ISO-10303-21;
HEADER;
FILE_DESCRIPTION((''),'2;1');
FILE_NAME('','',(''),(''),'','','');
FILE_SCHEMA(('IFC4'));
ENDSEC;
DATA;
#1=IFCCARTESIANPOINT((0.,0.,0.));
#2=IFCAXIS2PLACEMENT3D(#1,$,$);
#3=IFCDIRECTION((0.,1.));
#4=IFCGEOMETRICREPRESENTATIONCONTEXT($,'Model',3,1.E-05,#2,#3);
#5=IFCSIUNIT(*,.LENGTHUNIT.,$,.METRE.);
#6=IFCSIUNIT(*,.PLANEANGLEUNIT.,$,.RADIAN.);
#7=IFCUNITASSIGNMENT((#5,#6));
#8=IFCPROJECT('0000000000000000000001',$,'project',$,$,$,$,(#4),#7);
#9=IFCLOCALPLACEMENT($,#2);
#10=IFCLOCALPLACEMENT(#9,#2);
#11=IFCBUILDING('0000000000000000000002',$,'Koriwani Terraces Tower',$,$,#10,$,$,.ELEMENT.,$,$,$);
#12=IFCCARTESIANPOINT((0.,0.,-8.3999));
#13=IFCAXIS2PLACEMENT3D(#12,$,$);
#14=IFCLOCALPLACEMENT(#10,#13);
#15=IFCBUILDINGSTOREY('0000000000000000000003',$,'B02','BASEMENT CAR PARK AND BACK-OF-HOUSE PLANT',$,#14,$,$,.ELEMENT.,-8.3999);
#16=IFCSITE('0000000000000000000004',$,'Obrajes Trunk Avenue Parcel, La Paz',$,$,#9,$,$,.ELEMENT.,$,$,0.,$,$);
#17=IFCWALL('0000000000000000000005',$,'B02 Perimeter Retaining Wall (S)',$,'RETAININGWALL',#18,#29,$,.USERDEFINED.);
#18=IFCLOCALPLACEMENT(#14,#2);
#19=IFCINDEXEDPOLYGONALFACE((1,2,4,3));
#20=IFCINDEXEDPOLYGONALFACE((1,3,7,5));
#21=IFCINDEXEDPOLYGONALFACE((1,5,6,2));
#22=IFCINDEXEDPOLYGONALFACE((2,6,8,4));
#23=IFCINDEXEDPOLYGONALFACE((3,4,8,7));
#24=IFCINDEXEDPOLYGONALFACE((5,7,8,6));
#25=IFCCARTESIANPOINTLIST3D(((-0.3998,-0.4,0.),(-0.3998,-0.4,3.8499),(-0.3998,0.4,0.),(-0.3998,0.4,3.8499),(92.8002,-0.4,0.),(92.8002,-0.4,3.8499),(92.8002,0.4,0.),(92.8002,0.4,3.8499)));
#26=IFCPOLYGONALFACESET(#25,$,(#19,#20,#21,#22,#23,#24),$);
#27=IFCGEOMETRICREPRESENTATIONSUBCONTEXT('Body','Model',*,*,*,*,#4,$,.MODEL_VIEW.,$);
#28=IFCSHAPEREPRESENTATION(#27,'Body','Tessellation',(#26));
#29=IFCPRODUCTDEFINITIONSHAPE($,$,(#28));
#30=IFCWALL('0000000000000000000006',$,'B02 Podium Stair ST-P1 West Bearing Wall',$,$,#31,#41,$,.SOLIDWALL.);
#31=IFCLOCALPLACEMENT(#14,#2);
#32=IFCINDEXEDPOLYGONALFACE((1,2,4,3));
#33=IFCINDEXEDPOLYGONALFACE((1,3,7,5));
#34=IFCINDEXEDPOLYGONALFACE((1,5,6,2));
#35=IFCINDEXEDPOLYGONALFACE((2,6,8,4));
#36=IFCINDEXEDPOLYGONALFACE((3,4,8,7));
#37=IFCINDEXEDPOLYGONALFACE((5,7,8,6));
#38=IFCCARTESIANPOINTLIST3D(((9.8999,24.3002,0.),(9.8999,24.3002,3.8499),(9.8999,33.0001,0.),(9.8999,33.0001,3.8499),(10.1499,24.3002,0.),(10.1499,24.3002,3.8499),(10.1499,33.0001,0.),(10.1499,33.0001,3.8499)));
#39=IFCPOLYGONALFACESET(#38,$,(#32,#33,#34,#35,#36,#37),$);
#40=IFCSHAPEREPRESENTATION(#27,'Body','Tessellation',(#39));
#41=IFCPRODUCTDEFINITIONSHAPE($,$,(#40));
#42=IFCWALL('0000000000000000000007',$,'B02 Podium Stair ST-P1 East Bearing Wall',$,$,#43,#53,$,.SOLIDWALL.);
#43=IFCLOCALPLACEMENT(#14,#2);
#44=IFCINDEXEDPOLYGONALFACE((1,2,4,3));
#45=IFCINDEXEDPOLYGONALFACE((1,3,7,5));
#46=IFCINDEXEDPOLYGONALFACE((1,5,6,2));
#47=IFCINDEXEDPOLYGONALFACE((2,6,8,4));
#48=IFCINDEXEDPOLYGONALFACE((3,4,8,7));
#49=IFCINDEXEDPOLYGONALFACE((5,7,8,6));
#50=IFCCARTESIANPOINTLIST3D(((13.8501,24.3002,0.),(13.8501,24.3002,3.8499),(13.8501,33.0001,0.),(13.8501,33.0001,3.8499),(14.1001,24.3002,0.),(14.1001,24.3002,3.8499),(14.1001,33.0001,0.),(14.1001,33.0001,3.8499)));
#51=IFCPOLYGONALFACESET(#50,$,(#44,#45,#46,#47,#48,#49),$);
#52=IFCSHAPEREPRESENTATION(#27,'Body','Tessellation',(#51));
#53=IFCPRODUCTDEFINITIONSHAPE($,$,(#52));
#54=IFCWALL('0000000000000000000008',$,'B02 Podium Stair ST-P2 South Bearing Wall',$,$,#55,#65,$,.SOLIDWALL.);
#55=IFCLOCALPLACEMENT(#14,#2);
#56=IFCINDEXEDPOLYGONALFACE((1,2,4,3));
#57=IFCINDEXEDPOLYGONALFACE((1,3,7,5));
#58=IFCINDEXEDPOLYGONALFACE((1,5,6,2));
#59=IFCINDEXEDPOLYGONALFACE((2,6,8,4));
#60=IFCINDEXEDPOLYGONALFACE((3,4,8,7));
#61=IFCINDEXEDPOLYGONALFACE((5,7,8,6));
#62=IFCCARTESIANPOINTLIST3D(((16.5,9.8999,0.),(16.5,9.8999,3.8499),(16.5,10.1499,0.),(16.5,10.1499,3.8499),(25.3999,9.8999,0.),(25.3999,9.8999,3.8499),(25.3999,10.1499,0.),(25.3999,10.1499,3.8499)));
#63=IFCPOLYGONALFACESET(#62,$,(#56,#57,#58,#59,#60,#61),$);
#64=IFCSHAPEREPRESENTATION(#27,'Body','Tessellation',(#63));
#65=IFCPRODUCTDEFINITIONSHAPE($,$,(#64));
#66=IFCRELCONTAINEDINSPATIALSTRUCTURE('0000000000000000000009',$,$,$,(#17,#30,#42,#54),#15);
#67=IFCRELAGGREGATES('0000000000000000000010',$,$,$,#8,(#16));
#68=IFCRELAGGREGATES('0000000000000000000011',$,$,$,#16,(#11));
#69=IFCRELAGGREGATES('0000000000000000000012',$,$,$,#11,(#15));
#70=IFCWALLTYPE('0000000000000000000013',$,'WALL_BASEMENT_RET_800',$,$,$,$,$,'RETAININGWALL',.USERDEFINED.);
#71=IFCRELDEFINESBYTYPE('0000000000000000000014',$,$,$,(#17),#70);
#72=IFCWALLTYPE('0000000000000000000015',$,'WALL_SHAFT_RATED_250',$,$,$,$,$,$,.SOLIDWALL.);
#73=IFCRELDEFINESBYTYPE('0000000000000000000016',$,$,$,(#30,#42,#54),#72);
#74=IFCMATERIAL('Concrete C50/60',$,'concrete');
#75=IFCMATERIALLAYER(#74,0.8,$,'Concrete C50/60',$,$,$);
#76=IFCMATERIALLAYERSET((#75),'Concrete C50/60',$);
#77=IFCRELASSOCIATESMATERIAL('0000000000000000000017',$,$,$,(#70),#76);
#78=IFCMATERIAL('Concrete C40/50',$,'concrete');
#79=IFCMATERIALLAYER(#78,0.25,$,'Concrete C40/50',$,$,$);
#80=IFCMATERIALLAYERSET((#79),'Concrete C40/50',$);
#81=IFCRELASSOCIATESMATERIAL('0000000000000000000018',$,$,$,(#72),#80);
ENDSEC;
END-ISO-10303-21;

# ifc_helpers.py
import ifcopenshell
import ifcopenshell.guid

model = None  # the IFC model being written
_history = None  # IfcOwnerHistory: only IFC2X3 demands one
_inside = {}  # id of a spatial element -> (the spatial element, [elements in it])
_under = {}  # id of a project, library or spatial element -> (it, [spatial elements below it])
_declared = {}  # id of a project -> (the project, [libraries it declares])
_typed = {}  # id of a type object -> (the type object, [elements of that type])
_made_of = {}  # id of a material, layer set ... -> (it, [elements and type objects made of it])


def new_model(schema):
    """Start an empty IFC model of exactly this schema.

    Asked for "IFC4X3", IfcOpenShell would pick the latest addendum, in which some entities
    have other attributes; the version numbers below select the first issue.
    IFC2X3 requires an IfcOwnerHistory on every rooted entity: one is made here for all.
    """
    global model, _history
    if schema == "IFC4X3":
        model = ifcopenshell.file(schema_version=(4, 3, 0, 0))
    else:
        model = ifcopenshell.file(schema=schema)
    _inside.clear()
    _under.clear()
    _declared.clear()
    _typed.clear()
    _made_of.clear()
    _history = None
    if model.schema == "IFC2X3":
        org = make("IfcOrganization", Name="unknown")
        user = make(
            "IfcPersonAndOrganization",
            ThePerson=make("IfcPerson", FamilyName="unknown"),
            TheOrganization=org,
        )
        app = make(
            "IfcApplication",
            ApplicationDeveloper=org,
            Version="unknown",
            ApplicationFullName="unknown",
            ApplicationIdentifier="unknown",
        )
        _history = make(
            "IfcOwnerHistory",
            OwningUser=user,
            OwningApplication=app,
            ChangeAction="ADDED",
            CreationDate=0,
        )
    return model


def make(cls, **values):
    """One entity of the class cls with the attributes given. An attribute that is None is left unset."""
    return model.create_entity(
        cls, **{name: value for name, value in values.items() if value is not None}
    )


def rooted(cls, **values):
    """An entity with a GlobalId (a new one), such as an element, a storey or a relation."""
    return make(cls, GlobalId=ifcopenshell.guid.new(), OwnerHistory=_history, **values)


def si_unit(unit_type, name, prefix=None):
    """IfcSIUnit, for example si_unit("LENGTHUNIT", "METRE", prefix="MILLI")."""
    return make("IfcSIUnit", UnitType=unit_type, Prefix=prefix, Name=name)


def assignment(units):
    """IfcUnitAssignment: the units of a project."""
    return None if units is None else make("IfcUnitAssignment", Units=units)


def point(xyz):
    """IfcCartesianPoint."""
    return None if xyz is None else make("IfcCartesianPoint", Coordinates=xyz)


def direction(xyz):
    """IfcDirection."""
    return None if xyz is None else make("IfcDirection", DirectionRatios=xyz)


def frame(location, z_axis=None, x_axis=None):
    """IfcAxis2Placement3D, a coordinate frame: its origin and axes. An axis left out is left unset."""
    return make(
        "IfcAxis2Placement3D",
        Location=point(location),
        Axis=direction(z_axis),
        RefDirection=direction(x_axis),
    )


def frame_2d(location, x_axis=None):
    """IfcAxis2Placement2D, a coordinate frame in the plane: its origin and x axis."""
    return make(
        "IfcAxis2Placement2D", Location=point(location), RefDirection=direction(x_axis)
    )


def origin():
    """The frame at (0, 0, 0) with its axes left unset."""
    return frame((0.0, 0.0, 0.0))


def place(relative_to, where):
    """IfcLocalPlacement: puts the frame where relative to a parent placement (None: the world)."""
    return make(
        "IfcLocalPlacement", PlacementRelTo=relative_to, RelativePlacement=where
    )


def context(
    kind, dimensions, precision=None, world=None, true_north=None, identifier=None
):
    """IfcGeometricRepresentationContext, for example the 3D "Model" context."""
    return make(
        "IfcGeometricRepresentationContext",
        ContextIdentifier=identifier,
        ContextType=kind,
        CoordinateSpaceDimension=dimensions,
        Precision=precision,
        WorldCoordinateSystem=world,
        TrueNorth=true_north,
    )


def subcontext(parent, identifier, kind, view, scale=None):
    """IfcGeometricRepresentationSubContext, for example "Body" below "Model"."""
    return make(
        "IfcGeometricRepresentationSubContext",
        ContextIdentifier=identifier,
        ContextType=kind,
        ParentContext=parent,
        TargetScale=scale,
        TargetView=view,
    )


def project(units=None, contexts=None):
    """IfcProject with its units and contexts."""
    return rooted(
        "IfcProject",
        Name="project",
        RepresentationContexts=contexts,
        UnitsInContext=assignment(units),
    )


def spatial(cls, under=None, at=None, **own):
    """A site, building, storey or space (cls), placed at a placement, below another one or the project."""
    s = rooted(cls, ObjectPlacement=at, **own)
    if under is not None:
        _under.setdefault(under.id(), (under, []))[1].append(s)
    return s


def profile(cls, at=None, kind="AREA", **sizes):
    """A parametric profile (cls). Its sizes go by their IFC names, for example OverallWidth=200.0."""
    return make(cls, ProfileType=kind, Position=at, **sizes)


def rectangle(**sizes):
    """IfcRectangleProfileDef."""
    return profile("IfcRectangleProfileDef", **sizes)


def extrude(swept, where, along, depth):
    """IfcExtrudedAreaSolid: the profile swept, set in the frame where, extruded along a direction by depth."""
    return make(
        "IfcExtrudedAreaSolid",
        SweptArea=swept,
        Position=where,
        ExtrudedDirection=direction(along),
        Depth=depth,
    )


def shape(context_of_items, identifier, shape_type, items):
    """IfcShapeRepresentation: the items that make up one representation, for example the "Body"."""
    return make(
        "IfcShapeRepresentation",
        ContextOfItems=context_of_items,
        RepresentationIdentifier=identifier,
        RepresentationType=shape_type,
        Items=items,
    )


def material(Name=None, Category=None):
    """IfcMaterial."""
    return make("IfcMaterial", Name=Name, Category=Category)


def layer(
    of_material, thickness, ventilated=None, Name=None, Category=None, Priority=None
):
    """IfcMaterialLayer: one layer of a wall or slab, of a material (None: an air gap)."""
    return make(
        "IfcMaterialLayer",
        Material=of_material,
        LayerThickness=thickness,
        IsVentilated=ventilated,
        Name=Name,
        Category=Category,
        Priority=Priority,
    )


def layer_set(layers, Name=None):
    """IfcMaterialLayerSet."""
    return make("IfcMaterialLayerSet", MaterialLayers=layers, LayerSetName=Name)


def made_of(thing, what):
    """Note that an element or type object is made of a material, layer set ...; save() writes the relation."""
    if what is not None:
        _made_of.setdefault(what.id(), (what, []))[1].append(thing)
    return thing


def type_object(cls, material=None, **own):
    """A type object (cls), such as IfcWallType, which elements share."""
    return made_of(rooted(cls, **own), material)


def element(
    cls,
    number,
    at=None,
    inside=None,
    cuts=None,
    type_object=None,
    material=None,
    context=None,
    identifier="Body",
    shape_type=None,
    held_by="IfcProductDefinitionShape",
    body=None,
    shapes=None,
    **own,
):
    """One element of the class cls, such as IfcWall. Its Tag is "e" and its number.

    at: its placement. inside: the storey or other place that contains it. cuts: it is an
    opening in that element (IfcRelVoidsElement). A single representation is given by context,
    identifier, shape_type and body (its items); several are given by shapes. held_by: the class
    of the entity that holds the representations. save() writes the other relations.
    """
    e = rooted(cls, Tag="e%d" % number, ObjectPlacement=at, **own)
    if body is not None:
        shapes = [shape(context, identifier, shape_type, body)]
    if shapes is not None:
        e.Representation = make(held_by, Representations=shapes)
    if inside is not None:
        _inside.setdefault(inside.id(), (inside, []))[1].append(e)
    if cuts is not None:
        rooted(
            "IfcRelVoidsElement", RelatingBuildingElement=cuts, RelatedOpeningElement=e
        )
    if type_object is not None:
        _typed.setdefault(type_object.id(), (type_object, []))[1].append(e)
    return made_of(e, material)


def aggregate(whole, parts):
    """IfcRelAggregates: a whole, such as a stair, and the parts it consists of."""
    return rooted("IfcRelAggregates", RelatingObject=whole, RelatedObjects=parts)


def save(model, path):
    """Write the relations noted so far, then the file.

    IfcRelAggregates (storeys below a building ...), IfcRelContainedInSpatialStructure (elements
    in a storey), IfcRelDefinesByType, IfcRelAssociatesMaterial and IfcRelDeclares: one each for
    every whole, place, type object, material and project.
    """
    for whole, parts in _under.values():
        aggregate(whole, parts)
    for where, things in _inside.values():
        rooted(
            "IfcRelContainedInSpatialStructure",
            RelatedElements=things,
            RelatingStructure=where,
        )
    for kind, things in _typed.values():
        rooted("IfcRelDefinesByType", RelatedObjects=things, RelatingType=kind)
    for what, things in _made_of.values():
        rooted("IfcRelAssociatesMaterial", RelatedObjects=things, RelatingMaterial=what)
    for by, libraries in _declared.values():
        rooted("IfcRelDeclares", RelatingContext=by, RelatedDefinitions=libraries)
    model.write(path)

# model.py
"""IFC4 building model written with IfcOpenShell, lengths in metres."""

from ifc_helpers import new_model, si_unit, direction, frame, frame_2d, origin, place, context, subcontext, project, spatial, rectangle, extrude, material, layer, layer_set, type_object, element, save


model = new_model("IFC4")

# Units and contexts
model_context = context("Model", 3, precision=1e-05, world=origin(), true_north=direction((0.0, 1.0)))
body_context = subcontext(model_context, "Body", "Model", "MODEL_VIEW")
ifc_project = project(units=[si_unit("LENGTHUNIT", "METRE"), si_unit("PLANEANGLEUNIT", "RADIAN")], contexts=[model_context])

# Site, building, storey
site_placement = place(None, origin())
site = spatial("IfcSite", under=ifc_project, at=site_placement, Name="Obrajes Trunk Avenue Parcel, La Paz", CompositionType="ELEMENT", RefElevation=0.0)
building_placement = place(site_placement, origin())
building = spatial("IfcBuilding", under=site, at=building_placement, Name="Koriwani Terraces Tower", CompositionType="ELEMENT")
storey_placement = place(building_placement, frame((0.0, 0.0, -8.3999)))
storey = spatial("IfcBuildingStorey", under=building, at=storey_placement, Name="B02", Description="BASEMENT CAR PARK AND BACK-OF-HOUSE PLANT", CompositionType="ELEMENT", Elevation=-8.3999)

# Shared definitions
ifc_material_1 = material(Name="Concrete C40/50", Category="concrete")

# Shared definitions
ifc_material_2 = material(Name="Concrete C50/60", Category="concrete")

# Walls
ifc_layer_1 = layer(ifc_material_2, 0.8, Name="Concrete C50/60")
ifc_layer_set_1 = layer_set([ifc_layer_1], Name="Concrete C50/60")
wall_type_1 = type_object("IfcWallType", Name="WALL_BASEMENT_RET_800", ElementType="RETAININGWALL", PredefinedType="USERDEFINED", material=ifc_layer_set_1)
wall_1_placement = place(storey_placement, frame((-0.3999, 0.0, 0.0), z_axis=(0.0, 0.0, 1.0), x_axis=(1.0, 0.0, 0.0)))
element("IfcWall", 1, at=wall_1_placement, inside=storey, type_object=wall_type_1, Name="B02 Perimeter Retaining Wall (S)", ObjectType="RETAININGWALL", PredefinedType="USERDEFINED", context=body_context, shape_type="SweptSolid", body=[
    extrude(rectangle(XDim=93.2, YDim=0.8, at=frame_2d((46.6001, 0.0))), origin(), (0.0, 0.0, 1.0), 3.8499),
])
ifc_layer_2 = layer(ifc_material_1, 0.25, Name="Concrete C40/50")
ifc_layer_set_2 = layer_set([ifc_layer_2], Name="Concrete C40/50")
wall_type_2 = type_object("IfcWallType", Name="WALL_SHAFT_RATED_250", PredefinedType="SOLIDWALL", material=ifc_layer_set_2)
for number, where, z_axis, x_axis, name in (
    (2, (10.0249, 24.3, 0.0), (0.0, 0.0, 1.0), (0.0, 1.0, 0.0), "B02 Podium Stair ST-P1 West Bearing Wall"),
    (3, (13.9751, 24.3, 0.0), (0.0, 0.0, 1.0), (0.0, 1.0, 0.0), "B02 Podium Stair ST-P1 East Bearing Wall"),
):
    element("IfcWall", number, at=place(storey_placement, frame(where, z_axis=z_axis, x_axis=x_axis)), inside=storey, type_object=wall_type_2, Name=name, PredefinedType="SOLIDWALL", context=body_context, shape_type="SweptSolid", body=[
        extrude(rectangle(XDim=8.7, YDim=0.25, at=frame_2d((4.3501, 0.0))), origin(), (0.0, 0.0, 1.0), 3.8499),
    ])
wall_2_placement = place(storey_placement, frame((16.5, 10.0249, 0.0), z_axis=(0.0, 0.0, 1.0), x_axis=(1.0, 0.0, 0.0)))
element("IfcWall", 4, at=wall_2_placement, inside=storey, type_object=wall_type_2, Name="B02 Podium Stair ST-P2 South Bearing Wall", PredefinedType="SOLIDWALL", context=body_context, shape_type="SweptSolid", body=[
    extrude(rectangle(XDim=8.8999, YDim=0.25, at=frame_2d((4.45, 0.0))), origin(), (0.0, 0.0, 1.0), 3.8499),
])

save(model, "model.ifc")
